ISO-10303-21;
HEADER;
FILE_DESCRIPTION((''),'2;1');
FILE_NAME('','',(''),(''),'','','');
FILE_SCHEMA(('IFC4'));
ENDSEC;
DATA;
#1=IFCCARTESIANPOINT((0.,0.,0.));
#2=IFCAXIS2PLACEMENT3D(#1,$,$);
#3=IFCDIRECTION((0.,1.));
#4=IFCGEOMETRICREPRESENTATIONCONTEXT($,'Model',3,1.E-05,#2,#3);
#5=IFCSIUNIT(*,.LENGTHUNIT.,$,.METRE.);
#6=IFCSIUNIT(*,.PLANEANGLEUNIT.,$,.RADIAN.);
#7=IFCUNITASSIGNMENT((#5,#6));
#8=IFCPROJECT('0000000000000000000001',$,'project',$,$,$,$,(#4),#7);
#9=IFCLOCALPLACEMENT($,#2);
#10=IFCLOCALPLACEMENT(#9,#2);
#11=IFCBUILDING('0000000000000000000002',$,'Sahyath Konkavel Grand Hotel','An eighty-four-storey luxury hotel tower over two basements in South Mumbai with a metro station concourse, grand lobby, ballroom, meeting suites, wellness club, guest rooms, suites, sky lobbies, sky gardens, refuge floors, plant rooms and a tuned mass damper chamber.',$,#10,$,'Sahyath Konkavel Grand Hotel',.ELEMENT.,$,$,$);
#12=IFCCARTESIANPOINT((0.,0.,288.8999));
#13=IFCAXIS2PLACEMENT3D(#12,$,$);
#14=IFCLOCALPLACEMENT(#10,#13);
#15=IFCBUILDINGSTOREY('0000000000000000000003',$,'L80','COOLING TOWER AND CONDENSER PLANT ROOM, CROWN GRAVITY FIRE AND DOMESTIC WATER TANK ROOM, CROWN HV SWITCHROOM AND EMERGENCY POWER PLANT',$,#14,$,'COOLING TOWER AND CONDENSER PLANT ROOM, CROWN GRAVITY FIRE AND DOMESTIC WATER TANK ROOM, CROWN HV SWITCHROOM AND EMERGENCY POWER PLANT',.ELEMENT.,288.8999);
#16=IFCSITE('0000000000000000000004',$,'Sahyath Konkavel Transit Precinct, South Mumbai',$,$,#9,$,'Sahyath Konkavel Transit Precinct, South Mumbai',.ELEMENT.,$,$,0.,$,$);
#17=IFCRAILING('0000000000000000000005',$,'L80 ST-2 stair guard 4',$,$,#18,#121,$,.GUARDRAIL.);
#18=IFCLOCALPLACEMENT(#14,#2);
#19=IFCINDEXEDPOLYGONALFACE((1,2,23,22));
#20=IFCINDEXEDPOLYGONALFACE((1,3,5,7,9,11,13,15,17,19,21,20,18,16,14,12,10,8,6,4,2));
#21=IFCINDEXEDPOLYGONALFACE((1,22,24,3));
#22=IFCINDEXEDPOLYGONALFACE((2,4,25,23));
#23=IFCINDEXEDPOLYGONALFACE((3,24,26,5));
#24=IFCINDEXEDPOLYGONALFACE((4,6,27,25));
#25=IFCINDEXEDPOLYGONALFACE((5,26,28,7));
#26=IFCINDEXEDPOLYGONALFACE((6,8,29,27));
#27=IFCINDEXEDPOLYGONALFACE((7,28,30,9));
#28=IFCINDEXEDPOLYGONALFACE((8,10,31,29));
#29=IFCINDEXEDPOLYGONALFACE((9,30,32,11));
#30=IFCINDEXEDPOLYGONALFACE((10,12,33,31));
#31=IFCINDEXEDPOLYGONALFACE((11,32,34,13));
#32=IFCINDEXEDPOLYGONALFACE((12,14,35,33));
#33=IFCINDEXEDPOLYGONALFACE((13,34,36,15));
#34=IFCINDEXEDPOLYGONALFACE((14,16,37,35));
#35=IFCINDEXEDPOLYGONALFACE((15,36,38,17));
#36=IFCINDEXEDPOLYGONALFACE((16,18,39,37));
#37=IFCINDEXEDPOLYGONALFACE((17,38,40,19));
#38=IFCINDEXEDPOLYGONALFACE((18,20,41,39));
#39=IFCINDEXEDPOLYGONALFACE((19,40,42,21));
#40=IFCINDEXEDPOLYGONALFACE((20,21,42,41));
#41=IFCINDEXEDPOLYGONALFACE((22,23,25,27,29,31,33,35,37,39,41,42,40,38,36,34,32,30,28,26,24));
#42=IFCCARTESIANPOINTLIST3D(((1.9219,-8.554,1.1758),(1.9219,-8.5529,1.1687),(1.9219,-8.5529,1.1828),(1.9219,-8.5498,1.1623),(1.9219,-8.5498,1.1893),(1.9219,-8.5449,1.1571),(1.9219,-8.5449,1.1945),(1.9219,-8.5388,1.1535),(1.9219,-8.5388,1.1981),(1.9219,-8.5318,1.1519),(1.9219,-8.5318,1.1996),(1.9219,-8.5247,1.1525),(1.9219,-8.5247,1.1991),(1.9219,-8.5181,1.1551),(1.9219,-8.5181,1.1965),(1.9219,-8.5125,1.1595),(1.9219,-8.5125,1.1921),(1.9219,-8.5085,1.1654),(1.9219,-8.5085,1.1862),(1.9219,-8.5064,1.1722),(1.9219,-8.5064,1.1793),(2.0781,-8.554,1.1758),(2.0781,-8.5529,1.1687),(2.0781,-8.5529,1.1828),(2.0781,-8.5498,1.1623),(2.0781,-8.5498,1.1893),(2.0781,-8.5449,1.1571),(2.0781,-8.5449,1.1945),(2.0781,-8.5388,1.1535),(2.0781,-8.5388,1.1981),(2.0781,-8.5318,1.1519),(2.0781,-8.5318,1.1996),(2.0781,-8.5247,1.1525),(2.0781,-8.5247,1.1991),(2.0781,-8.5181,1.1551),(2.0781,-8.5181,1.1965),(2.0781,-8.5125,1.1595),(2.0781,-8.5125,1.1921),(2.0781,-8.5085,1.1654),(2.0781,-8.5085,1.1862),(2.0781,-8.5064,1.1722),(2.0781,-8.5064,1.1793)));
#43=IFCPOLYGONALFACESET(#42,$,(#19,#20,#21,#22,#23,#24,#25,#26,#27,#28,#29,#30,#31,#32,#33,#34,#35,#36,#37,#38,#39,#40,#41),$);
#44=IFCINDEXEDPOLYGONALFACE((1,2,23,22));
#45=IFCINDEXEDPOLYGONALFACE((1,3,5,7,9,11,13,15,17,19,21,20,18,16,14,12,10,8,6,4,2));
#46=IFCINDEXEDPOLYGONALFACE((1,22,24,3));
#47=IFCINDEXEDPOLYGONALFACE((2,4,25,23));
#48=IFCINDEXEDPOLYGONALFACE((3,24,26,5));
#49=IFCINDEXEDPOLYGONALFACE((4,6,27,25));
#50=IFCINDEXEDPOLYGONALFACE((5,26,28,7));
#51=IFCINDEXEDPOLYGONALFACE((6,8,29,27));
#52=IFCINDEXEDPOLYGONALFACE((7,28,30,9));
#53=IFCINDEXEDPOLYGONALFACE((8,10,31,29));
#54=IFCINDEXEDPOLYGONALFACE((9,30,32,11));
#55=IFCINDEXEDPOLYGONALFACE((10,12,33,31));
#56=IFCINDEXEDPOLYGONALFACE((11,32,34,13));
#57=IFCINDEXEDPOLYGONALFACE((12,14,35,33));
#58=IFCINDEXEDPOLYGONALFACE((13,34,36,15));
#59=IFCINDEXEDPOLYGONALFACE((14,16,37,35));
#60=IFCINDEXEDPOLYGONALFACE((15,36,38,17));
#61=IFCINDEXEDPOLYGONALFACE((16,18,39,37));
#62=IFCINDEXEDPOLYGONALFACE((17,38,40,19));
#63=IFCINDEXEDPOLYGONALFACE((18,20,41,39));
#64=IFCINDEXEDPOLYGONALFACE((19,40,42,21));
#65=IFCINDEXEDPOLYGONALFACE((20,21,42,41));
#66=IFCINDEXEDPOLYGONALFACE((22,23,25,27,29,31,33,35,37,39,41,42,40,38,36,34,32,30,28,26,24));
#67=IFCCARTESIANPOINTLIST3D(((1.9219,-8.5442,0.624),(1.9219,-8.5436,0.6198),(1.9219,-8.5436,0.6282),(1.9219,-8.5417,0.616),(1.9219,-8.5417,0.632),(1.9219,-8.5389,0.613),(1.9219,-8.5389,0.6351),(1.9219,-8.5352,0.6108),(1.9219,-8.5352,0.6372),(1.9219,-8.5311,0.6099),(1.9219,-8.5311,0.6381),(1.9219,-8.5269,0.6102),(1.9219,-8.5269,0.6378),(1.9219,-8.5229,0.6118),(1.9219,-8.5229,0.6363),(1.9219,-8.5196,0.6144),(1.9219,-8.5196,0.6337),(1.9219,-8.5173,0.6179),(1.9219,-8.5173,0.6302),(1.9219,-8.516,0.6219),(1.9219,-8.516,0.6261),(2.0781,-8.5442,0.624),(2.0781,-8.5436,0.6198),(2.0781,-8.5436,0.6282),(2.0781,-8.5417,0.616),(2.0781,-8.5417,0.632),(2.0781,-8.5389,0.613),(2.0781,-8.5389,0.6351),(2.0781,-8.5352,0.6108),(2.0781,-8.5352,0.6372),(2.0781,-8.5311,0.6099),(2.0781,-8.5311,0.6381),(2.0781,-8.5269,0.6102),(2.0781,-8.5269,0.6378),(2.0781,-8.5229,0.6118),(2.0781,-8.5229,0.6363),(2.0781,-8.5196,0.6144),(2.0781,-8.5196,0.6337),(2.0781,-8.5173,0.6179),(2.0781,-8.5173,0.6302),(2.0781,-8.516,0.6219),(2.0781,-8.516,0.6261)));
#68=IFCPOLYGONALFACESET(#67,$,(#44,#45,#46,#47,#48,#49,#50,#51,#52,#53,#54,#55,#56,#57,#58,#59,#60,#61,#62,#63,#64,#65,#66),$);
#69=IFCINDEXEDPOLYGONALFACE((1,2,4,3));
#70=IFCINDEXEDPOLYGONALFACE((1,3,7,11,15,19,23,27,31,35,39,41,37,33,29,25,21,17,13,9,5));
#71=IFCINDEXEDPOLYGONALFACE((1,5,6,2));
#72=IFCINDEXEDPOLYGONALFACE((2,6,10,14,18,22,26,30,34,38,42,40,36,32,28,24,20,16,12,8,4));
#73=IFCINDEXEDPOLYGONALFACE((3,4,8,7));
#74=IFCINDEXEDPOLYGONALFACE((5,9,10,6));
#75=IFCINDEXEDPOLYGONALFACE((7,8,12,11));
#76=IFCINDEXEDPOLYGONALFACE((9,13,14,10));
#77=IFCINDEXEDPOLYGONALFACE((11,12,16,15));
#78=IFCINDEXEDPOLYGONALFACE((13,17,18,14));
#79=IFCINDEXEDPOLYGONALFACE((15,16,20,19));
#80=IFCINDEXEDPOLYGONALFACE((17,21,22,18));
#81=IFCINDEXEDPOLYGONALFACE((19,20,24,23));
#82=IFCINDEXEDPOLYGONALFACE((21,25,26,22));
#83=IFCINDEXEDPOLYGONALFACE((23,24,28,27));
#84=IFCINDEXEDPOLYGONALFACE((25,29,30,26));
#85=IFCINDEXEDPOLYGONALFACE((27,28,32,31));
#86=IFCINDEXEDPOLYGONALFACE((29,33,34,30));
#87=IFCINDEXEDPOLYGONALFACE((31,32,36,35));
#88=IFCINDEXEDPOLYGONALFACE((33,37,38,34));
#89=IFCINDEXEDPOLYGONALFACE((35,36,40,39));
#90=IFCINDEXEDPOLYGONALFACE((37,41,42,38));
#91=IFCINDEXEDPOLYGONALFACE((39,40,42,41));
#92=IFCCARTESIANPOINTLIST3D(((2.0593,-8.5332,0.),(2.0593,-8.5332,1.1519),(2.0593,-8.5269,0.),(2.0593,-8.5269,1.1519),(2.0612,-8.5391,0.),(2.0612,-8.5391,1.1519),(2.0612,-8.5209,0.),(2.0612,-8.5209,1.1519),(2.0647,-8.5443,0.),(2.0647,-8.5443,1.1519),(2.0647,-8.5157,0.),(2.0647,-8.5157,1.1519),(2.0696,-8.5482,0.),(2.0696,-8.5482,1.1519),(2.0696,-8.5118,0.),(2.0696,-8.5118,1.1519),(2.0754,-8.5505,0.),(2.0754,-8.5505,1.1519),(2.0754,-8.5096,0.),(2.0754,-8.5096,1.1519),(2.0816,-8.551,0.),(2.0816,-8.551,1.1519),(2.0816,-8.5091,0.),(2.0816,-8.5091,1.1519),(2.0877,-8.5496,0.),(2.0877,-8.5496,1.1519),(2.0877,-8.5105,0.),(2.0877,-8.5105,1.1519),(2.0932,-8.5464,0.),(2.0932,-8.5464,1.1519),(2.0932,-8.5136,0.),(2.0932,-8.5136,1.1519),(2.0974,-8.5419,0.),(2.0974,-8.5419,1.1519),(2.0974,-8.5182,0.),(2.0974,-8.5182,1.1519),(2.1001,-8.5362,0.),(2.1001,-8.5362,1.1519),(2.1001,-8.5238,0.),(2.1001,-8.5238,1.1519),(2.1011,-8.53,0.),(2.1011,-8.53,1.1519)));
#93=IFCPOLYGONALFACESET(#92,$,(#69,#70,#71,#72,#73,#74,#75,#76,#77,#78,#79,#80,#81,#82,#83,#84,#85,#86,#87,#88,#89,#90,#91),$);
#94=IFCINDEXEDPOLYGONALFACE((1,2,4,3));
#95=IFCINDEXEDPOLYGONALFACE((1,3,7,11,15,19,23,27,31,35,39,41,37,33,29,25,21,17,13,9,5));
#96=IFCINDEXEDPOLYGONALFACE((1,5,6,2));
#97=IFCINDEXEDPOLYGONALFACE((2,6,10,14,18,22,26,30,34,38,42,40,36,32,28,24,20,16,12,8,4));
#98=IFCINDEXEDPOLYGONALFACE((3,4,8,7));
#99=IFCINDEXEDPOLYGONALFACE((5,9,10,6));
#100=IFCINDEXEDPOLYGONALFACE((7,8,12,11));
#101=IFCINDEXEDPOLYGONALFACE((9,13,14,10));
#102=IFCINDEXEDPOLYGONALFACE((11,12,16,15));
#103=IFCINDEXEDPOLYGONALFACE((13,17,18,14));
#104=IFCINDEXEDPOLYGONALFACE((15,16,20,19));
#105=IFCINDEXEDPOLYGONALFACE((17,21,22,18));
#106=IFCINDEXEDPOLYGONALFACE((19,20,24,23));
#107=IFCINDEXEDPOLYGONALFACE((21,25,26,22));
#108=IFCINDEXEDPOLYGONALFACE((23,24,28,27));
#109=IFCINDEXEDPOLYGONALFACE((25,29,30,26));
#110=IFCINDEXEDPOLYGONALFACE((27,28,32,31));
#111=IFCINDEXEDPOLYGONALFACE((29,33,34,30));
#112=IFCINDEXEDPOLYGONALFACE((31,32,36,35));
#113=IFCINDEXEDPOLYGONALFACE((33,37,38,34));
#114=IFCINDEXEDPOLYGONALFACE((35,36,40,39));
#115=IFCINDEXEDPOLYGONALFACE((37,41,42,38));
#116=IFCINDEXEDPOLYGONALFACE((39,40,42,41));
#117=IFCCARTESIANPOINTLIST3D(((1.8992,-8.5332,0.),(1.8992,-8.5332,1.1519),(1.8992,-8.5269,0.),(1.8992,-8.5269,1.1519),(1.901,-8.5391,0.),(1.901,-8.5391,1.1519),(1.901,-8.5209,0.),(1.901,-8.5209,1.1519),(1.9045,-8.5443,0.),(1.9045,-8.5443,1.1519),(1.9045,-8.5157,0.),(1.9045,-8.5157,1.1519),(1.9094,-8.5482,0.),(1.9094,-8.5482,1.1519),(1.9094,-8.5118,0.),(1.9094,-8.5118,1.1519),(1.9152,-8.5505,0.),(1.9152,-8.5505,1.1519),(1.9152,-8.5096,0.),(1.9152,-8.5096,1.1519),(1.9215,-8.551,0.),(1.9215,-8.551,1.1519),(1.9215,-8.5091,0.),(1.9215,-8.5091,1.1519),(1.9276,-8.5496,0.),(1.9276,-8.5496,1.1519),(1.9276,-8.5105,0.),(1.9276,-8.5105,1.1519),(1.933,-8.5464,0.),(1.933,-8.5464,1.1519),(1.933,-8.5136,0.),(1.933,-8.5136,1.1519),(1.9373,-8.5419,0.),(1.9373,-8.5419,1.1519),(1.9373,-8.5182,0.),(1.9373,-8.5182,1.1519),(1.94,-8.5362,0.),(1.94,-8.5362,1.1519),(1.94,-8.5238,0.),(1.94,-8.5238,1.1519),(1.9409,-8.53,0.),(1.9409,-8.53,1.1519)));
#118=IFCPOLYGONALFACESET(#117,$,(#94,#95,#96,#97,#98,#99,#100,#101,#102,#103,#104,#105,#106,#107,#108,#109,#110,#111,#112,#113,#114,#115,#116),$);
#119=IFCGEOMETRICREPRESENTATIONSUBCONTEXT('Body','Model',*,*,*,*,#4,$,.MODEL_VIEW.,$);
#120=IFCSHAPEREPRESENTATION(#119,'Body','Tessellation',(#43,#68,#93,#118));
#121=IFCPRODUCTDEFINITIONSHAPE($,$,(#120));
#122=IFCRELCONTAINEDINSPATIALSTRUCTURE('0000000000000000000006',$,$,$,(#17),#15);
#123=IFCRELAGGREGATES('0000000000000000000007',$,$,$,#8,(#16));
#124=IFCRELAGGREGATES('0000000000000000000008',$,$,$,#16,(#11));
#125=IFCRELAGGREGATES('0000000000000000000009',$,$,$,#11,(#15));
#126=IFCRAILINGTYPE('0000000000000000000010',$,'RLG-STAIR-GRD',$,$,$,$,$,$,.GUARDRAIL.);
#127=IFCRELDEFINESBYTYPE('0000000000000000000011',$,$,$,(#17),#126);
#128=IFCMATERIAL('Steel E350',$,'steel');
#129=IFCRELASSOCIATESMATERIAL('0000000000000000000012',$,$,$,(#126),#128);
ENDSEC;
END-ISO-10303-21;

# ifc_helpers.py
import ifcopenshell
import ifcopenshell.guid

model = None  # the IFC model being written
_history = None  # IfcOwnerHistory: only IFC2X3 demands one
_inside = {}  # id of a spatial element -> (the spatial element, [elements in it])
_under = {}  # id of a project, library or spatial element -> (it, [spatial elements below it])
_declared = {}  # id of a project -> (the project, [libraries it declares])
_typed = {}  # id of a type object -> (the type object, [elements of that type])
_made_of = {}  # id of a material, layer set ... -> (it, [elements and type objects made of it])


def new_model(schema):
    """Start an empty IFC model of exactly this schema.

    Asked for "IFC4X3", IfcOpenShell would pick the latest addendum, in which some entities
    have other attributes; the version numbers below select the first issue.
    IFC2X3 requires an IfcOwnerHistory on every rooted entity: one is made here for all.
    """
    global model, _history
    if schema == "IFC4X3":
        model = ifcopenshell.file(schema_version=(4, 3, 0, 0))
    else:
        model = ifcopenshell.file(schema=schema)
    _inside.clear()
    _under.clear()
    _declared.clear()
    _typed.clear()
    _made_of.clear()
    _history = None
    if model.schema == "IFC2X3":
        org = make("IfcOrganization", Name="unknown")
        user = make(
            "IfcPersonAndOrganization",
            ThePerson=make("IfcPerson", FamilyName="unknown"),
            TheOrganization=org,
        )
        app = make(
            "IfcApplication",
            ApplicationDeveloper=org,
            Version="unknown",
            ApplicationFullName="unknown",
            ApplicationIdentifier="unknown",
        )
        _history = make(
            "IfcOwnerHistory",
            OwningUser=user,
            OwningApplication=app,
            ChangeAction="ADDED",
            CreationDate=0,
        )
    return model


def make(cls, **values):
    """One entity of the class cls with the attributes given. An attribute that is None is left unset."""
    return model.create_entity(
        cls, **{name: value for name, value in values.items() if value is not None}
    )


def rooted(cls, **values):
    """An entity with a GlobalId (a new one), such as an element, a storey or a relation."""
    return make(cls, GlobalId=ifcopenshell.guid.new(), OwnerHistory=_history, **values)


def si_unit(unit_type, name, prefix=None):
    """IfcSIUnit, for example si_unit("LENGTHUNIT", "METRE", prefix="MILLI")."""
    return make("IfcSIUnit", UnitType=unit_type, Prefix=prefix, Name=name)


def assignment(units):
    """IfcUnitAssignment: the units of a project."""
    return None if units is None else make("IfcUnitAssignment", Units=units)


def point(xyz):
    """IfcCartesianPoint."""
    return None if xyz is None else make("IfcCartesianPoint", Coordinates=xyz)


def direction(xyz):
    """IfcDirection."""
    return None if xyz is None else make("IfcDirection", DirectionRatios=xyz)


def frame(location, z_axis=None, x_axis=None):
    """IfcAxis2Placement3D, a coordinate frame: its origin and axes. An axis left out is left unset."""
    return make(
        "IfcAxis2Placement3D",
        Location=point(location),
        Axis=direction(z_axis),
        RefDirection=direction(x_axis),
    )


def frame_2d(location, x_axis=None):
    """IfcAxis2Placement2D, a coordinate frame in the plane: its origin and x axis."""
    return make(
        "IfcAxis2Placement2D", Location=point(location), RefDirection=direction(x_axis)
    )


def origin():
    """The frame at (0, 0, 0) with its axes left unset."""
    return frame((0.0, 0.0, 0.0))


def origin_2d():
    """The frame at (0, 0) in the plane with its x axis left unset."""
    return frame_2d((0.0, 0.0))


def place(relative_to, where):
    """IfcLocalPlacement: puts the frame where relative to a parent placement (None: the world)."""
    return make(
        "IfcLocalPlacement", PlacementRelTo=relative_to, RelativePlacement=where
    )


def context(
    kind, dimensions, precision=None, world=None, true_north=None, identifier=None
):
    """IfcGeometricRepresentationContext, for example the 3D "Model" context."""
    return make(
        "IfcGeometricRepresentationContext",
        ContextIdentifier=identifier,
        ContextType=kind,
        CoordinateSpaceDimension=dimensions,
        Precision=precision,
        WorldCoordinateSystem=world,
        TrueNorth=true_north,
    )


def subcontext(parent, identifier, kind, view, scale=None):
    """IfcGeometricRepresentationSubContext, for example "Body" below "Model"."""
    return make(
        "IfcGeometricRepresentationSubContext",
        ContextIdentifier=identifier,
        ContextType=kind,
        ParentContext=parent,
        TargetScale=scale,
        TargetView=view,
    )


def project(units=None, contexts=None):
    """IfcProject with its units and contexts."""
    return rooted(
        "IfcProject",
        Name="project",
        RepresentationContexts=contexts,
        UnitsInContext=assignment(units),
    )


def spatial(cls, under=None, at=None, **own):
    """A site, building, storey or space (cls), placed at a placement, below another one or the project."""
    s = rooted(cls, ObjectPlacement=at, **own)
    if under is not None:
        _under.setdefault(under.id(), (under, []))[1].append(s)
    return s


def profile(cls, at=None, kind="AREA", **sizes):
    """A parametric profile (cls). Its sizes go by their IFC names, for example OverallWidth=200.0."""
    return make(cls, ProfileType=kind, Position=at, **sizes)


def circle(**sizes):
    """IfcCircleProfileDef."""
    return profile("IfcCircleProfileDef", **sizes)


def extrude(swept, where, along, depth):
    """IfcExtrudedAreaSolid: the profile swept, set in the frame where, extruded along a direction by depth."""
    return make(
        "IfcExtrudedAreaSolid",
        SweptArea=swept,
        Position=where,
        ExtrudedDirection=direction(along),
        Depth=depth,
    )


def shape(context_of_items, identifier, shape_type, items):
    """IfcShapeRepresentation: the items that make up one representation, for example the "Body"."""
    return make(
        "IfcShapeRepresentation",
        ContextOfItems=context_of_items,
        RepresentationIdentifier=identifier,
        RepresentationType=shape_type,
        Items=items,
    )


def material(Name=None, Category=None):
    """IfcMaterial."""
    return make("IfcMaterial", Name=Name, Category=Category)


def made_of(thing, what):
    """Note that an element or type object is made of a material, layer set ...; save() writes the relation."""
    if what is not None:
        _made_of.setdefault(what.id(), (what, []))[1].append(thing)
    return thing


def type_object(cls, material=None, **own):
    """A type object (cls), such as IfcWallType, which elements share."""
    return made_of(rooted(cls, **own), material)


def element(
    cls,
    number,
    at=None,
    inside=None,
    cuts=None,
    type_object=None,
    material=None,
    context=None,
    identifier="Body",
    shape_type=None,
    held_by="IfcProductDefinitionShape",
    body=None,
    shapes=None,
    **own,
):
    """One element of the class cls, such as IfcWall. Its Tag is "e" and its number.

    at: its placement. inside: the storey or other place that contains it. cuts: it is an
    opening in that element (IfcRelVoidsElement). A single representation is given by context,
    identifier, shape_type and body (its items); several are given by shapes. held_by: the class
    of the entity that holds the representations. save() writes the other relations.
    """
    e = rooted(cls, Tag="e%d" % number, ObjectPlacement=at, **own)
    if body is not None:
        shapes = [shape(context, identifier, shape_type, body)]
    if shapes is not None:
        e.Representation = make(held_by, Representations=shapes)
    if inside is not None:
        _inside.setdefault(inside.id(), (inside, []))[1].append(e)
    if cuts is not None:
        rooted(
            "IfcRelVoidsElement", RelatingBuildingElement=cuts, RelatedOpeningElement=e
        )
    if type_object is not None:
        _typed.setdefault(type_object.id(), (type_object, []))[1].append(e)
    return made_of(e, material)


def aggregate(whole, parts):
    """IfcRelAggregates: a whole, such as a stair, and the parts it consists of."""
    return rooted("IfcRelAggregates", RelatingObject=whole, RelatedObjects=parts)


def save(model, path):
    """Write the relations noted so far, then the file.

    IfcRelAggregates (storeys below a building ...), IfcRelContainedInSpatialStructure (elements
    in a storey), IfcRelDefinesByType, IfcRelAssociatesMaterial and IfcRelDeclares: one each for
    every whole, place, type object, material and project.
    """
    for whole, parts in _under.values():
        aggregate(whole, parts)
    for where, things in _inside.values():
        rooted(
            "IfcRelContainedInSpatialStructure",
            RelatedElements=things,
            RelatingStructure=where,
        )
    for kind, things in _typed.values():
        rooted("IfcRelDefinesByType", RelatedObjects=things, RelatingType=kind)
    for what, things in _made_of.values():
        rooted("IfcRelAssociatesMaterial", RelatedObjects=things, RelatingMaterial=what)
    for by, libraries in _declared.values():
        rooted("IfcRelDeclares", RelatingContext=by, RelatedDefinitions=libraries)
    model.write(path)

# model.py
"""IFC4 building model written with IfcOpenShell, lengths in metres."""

from ifc_helpers import new_model, si_unit, direction, frame, origin, origin_2d, place, context, subcontext, project, spatial, circle, extrude, material, type_object, element, save


model = new_model("IFC4")

# Units and contexts
model_context = context("Model", 3, precision=1e-05, world=origin(), true_north=direction((0.0, 1.0)))
body_context = subcontext(model_context, "Body", "Model", "MODEL_VIEW")
ifc_project = project(units=[si_unit("LENGTHUNIT", "METRE"), si_unit("PLANEANGLEUNIT", "RADIAN")], contexts=[model_context])

# Site, building, storey
site_placement = place(None, origin())
site = spatial("IfcSite", under=ifc_project, at=site_placement, Name="Sahyath Konkavel Transit Precinct, South Mumbai", LongName="Sahyath Konkavel Transit Precinct, South Mumbai", CompositionType="ELEMENT", RefElevation=0.0)
building_placement = place(site_placement, origin())
building = spatial("IfcBuilding", under=site, at=building_placement, Name="Sahyath Konkavel Grand Hotel", Description="An eighty-four-storey luxury hotel tower over two basements in South Mumbai with a metro station concourse, grand lobby, ballroom, meeting suites, wellness club, guest rooms, suites, sky lobbies, sky gardens, refuge floors, plant rooms and a tuned mass damper chamber.", LongName="Sahyath Konkavel Grand Hotel", CompositionType="ELEMENT")
storey_placement = place(building_placement, frame((0.0, 0.0, 288.8999)))
storey = spatial("IfcBuildingStorey", under=building, at=storey_placement, Name="L80", Description="COOLING TOWER AND CONDENSER PLANT ROOM, CROWN GRAVITY FIRE AND DOMESTIC WATER TANK ROOM, CROWN HV SWITCHROOM AND EMERGENCY POWER PLANT", LongName="COOLING TOWER AND CONDENSER PLANT ROOM, CROWN GRAVITY FIRE AND DOMESTIC WATER TANK ROOM, CROWN HV SWITCHROOM AND EMERGENCY POWER PLANT", CompositionType="ELEMENT", Elevation=288.8999)

# Shared definitions
ifc_material_1 = material(Name="Steel E350", Category="steel")

# Railing
railing_type_1 = type_object("IfcRailingType", Name="RLG-STAIR-GRD", PredefinedType="GUARDRAIL", material=ifc_material_1)
railing_1_placement = place(storey_placement, frame((2.0801, -8.53, 0.0)))
element("IfcRailing", 1, at=railing_1_placement, inside=storey, type_object=railing_type_1, Name="L80 ST-2 stair guard 4", PredefinedType="GUARDRAIL", context=body_context, shape_type="SweptSolid", body=[
    extrude(circle(Radius=0.0239, at=origin_2d()), frame((-0.002, 0.0, 1.1758), z_axis=(-1.0, 0.0, 0.0), x_axis=(0.0, -1.0, 0.0)), (0.0, 0.0, 1.0), 0.1562),
    extrude(circle(Radius=0.0142, at=origin_2d()), frame((-0.002, 0.0, 0.624), z_axis=(-1.0, 0.0, 0.0), x_axis=(0.0, -1.0, 0.0)), (0.0, 0.0, 1.0), 0.1562),
    extrude(circle(Radius=0.021, at=origin_2d()), origin(), (0.0, 0.0, 1.0), 1.1519),
    extrude(circle(Radius=0.021, at=origin_2d()), frame((-0.1602, 0.0, 0.0)), (0.0, 0.0, 1.0), 1.1519),
])

save(model, "model.ifc")
